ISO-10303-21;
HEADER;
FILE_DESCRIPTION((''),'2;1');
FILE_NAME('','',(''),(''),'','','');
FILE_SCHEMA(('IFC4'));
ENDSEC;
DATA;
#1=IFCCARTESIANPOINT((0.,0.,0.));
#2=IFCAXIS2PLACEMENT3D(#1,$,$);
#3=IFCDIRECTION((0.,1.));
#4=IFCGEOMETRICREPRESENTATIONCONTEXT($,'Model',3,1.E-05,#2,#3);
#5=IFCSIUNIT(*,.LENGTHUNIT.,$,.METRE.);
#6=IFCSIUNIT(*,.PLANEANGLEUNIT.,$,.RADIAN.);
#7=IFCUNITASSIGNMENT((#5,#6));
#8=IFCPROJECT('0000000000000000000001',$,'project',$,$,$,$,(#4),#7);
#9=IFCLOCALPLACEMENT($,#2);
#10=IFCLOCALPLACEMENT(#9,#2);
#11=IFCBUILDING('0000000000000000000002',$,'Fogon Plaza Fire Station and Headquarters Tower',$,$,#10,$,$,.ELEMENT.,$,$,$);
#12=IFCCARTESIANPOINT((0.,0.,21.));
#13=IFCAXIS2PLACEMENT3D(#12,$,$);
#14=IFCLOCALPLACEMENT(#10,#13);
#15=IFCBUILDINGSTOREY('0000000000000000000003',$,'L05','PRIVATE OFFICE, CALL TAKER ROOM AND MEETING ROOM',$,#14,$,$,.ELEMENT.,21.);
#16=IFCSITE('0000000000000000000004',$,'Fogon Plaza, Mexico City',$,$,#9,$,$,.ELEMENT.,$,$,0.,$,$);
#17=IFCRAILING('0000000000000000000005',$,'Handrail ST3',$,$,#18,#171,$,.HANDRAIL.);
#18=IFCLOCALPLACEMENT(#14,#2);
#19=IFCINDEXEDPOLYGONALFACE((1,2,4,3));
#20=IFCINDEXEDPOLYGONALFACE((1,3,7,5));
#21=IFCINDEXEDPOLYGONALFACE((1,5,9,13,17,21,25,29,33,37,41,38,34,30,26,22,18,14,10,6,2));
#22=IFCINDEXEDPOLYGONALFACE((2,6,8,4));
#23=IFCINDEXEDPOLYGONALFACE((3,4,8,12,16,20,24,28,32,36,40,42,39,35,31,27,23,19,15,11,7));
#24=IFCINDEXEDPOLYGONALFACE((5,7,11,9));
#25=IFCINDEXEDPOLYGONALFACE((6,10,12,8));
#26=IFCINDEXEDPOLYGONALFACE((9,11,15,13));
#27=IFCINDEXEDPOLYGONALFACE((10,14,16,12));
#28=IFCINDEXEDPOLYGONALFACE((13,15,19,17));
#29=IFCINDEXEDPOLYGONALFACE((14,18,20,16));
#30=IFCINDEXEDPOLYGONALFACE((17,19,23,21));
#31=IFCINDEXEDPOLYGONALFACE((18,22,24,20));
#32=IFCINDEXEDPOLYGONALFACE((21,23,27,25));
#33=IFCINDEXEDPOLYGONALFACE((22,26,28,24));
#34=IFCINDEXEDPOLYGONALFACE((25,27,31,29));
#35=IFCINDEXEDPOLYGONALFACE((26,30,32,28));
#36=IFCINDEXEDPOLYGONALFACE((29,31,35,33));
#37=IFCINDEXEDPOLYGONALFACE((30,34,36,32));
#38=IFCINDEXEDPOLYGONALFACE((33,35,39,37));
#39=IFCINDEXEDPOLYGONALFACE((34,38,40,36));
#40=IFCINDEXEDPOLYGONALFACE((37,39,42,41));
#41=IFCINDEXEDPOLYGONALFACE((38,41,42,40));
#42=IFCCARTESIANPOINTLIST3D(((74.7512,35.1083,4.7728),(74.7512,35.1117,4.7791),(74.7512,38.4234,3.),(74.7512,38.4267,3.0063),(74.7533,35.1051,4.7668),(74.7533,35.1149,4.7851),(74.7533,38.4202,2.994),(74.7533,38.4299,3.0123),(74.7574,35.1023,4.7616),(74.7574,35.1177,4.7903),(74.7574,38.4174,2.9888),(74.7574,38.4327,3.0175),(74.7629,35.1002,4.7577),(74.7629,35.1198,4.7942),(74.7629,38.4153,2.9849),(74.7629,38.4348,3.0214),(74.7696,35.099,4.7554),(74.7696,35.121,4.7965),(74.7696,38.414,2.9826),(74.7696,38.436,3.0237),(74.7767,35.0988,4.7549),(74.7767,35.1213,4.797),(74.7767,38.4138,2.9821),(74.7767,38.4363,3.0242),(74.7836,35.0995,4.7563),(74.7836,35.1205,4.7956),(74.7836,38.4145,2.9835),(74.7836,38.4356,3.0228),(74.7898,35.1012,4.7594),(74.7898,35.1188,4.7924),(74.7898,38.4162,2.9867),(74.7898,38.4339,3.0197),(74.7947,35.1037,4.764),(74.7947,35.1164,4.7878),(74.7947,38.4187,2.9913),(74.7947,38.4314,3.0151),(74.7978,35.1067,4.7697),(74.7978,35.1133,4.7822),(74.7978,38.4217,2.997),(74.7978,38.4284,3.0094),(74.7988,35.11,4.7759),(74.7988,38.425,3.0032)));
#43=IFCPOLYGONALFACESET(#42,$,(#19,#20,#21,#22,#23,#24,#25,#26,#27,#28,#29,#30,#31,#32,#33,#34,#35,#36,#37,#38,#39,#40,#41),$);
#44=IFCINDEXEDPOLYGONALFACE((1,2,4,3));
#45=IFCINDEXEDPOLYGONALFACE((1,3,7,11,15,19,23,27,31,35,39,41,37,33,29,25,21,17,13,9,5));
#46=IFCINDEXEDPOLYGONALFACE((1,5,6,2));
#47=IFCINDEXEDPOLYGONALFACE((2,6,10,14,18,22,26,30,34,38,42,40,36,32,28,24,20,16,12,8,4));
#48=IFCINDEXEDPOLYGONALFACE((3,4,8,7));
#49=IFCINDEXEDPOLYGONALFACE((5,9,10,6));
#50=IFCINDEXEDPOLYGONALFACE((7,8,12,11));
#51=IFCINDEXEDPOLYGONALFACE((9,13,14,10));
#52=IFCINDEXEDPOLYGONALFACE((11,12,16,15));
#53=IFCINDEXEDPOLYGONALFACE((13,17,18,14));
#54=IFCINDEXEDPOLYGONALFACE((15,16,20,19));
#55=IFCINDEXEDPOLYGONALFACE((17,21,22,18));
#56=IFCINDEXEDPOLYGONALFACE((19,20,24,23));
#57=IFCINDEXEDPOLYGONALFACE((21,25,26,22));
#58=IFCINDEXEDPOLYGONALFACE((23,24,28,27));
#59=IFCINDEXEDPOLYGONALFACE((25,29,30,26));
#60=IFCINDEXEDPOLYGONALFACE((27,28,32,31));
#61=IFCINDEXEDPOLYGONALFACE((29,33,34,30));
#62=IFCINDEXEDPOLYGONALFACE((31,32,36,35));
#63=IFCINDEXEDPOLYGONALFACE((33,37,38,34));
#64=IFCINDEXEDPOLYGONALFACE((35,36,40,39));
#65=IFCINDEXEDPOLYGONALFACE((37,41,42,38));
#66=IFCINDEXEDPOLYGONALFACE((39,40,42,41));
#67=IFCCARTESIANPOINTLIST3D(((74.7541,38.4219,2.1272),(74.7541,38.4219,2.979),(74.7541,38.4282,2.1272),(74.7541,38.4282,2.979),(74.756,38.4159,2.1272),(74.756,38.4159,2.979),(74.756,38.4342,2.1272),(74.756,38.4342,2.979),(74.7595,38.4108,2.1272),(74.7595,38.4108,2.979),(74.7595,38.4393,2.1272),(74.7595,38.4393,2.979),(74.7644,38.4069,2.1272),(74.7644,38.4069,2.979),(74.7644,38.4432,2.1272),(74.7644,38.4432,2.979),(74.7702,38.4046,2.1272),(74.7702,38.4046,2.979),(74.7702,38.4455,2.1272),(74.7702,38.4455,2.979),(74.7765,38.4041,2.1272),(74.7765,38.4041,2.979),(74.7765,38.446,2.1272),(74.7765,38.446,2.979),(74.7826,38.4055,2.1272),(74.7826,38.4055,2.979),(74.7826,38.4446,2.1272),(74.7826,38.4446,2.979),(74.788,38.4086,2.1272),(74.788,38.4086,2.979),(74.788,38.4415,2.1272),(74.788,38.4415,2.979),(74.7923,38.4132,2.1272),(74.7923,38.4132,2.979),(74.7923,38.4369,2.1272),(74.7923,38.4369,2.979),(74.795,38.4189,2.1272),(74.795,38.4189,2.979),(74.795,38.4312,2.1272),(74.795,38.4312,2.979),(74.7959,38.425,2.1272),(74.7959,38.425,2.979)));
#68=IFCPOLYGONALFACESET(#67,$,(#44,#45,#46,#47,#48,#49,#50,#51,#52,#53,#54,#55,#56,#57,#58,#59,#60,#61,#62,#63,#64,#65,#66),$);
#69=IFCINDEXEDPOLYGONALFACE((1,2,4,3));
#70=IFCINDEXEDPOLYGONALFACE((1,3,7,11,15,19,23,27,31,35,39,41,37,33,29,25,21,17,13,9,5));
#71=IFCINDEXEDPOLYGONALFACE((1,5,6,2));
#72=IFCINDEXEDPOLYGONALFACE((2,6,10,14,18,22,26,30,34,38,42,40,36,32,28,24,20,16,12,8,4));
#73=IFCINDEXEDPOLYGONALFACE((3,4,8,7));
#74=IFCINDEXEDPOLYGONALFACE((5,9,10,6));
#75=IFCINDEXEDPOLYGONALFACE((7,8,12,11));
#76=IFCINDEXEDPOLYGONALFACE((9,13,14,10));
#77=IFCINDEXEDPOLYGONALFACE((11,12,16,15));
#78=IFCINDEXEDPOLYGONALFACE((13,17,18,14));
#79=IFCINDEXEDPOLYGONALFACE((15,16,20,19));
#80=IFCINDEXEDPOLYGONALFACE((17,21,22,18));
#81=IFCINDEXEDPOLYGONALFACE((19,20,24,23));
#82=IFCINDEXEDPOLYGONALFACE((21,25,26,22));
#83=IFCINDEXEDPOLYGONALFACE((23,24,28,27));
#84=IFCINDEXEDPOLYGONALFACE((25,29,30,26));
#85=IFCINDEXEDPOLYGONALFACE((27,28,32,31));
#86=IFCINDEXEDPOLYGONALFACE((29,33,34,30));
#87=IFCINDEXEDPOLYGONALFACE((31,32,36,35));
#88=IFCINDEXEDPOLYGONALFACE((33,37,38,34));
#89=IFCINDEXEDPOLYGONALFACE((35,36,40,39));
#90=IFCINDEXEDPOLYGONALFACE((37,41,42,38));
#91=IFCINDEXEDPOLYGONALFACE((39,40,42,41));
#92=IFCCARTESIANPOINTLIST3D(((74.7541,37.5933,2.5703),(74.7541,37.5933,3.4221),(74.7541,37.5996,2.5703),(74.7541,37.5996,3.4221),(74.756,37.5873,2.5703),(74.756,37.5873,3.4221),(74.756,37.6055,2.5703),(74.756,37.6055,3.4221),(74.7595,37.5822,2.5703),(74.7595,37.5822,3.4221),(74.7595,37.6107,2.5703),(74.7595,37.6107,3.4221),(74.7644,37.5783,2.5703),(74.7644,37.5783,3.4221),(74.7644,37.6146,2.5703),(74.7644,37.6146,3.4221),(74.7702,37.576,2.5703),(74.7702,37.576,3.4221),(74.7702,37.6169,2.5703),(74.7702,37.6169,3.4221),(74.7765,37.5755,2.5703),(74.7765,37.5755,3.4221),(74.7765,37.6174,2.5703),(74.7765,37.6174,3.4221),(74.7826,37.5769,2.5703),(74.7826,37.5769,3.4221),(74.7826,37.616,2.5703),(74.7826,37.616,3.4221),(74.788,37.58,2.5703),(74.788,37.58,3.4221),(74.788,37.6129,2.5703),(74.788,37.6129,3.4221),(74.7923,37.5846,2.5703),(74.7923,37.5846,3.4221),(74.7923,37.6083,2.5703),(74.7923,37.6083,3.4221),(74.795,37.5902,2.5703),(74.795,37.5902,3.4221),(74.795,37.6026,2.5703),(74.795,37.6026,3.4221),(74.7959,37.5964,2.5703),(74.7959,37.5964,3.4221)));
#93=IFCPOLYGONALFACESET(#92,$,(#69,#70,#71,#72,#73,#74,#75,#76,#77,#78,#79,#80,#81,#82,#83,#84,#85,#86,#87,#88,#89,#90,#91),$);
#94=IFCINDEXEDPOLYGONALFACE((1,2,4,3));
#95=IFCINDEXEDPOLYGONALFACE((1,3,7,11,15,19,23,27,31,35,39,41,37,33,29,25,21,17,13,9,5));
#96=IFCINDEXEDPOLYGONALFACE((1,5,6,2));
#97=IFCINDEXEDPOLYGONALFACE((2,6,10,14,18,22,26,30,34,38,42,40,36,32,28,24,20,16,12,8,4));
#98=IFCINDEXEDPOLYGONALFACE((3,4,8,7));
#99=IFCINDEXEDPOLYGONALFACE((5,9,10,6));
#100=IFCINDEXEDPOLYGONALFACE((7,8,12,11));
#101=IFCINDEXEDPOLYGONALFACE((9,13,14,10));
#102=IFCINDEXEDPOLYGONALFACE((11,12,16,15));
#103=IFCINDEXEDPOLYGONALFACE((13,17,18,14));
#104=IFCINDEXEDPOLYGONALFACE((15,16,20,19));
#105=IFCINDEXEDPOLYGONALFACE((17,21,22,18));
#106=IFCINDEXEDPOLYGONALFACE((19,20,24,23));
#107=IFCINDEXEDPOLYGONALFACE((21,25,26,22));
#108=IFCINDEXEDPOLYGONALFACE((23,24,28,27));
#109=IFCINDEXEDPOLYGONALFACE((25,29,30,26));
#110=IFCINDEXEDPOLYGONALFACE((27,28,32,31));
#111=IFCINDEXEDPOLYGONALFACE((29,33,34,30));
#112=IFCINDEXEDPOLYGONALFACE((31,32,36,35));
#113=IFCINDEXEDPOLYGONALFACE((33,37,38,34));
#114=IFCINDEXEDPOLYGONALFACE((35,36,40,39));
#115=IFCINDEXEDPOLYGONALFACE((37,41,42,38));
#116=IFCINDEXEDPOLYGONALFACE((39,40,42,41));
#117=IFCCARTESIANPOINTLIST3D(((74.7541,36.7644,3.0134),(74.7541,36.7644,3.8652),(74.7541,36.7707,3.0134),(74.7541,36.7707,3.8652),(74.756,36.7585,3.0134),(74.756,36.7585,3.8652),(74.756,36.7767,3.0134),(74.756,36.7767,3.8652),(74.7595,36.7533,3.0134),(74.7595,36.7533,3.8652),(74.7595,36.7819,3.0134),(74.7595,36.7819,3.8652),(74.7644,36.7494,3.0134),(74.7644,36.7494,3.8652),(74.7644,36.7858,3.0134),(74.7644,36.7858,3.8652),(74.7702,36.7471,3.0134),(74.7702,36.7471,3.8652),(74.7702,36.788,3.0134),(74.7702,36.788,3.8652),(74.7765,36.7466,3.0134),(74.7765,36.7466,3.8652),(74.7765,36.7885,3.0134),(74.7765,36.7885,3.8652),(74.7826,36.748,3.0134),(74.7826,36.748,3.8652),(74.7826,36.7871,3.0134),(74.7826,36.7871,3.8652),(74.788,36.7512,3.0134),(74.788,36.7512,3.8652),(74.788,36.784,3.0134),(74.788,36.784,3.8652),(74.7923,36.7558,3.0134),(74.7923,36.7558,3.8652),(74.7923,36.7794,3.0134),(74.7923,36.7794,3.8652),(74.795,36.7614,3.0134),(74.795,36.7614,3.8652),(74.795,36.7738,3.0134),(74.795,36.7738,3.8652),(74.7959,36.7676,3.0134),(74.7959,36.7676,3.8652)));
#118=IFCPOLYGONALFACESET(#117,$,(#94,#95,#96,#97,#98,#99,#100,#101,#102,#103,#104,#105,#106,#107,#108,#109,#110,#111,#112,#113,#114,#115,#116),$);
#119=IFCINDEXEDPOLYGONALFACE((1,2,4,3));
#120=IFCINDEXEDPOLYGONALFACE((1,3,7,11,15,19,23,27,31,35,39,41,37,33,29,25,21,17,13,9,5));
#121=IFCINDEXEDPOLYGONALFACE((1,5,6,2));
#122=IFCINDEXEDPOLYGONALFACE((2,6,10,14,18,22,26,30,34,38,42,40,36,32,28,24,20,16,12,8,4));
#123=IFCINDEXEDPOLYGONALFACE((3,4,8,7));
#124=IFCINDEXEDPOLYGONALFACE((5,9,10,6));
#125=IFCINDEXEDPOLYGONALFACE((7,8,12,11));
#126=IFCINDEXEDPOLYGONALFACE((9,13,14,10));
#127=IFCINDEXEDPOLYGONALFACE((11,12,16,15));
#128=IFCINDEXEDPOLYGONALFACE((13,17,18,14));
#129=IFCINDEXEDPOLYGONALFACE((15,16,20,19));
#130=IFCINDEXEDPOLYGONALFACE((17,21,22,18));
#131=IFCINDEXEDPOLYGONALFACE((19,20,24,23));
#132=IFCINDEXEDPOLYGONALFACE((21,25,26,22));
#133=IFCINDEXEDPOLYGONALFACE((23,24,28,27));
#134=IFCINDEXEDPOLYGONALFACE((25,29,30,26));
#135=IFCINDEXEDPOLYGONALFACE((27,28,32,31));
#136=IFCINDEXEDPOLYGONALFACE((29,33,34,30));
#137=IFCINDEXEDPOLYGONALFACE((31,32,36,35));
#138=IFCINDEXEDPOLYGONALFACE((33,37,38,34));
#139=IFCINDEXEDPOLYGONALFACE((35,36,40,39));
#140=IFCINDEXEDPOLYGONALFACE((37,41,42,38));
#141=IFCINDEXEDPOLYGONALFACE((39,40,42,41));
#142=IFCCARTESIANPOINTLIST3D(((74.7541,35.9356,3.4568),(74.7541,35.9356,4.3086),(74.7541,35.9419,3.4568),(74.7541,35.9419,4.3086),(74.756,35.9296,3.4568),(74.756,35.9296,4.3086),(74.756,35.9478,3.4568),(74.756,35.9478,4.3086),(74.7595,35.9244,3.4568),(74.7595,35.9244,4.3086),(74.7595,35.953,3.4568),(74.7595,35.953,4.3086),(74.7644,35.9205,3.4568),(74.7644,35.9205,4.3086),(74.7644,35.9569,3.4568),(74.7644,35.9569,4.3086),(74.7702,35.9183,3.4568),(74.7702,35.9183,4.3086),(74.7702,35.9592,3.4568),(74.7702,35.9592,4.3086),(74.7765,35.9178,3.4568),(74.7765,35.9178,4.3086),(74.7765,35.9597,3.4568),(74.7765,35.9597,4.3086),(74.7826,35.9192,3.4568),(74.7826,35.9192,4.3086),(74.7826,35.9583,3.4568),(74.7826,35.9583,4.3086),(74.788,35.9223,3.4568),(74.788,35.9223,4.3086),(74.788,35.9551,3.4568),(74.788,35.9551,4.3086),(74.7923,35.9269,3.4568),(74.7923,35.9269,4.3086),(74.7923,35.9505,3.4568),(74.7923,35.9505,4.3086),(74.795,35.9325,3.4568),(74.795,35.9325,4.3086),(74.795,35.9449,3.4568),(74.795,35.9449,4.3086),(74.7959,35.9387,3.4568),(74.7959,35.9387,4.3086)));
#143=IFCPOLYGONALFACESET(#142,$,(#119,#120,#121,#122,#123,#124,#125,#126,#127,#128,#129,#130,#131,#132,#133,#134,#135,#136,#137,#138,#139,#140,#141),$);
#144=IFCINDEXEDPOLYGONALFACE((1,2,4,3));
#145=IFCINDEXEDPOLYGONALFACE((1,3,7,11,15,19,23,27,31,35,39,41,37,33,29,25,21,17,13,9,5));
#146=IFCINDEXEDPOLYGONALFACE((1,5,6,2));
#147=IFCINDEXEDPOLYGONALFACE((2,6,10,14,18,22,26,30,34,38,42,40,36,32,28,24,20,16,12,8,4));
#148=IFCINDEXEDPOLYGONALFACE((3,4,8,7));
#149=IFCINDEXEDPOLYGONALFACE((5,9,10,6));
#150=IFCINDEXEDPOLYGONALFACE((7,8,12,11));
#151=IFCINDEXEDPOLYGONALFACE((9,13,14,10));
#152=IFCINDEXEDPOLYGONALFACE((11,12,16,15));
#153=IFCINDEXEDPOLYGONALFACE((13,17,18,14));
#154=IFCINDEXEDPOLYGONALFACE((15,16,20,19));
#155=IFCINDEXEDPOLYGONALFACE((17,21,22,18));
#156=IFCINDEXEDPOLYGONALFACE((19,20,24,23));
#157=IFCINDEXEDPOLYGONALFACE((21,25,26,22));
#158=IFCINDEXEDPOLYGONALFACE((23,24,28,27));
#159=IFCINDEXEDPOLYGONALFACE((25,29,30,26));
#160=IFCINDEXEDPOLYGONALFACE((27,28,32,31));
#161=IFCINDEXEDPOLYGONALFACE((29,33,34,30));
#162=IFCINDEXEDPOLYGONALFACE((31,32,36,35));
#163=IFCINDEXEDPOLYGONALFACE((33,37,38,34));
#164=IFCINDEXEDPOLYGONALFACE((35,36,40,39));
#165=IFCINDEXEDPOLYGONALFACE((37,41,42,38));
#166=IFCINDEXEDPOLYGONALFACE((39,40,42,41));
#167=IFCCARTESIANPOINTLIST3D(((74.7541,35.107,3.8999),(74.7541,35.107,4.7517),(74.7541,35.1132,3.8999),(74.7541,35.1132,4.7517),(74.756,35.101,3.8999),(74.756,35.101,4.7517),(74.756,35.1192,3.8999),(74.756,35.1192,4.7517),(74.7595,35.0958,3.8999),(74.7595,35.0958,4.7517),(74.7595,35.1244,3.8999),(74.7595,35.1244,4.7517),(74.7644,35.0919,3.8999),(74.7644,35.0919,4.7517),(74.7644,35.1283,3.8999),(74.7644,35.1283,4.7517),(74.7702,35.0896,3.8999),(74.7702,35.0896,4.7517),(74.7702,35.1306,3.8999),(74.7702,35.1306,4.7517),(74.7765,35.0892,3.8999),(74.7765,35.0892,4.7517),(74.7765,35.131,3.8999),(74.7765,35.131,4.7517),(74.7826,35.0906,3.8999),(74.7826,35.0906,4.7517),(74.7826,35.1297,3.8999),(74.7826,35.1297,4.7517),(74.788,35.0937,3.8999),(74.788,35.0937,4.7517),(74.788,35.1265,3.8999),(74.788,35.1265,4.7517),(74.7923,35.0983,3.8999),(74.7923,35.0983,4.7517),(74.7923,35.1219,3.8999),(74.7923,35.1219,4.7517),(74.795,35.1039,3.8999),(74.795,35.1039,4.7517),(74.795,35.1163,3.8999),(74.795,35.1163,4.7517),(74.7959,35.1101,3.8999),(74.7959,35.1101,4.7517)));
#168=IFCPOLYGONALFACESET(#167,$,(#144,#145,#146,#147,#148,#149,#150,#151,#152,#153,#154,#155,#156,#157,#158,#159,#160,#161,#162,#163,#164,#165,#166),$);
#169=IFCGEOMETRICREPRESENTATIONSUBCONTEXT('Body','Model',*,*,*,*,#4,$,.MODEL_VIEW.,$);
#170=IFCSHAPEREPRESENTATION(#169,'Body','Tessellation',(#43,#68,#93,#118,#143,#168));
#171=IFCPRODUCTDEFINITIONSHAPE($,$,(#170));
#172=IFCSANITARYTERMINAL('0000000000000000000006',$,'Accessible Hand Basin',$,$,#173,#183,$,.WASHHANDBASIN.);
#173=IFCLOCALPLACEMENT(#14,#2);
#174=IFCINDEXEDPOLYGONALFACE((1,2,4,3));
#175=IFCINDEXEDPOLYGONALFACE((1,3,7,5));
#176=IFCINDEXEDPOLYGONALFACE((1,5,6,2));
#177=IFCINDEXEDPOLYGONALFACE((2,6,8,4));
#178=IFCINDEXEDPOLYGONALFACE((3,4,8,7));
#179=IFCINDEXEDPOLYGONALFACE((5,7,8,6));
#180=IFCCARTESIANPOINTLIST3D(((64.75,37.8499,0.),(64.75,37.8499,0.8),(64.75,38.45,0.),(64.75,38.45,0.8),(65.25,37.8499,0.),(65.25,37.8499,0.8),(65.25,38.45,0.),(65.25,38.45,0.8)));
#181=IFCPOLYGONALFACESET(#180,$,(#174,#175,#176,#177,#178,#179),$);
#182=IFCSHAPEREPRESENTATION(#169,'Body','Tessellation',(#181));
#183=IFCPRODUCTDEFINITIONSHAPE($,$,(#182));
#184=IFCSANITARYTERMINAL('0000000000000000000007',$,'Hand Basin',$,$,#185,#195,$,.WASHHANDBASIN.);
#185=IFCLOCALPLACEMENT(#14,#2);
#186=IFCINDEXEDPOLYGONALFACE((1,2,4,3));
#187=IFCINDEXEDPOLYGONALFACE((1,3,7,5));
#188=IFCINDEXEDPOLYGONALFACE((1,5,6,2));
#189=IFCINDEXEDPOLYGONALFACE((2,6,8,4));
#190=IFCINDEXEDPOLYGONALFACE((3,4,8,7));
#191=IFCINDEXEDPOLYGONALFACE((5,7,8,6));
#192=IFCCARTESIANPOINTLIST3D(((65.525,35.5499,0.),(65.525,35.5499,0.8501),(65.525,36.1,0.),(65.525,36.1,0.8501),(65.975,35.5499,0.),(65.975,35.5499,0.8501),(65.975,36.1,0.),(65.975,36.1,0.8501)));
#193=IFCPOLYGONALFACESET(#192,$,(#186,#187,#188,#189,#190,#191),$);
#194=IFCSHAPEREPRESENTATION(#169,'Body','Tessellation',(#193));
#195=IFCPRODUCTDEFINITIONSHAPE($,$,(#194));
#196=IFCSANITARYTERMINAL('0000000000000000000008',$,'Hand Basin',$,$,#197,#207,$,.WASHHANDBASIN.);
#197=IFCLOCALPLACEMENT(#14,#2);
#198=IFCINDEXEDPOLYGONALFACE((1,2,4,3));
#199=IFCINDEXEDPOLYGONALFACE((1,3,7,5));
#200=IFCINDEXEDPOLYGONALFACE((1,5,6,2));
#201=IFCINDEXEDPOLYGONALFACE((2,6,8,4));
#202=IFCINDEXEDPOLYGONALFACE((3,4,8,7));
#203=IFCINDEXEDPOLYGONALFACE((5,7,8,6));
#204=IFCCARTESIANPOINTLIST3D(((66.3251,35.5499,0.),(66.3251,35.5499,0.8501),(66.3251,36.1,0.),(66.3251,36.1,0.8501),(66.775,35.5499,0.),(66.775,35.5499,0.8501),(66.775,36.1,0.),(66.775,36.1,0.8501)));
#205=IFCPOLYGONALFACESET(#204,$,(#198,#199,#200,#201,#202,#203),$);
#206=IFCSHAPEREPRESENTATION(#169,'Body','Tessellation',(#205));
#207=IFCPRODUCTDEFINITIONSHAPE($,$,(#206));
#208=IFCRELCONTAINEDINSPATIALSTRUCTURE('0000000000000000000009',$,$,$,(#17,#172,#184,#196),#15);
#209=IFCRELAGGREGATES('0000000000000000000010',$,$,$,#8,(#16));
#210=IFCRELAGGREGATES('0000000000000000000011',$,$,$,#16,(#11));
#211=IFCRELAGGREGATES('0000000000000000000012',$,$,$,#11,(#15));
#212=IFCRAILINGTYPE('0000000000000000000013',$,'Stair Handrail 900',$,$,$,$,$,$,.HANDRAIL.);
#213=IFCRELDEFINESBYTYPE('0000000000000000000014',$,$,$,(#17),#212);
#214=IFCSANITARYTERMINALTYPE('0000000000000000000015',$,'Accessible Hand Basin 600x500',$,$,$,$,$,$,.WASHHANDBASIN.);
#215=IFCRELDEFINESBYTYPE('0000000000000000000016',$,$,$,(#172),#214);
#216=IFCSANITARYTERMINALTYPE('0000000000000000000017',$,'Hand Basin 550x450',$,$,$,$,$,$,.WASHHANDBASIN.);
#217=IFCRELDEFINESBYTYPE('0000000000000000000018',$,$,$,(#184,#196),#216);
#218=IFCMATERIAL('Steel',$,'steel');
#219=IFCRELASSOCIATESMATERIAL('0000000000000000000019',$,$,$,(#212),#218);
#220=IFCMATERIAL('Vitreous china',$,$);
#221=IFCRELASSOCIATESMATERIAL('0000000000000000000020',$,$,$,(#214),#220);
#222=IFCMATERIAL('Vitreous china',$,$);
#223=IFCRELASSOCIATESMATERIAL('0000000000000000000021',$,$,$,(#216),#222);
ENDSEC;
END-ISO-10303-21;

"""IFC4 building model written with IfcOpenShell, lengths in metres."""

from ifc_helpers import new_model, si_unit, direction, frame, origin, origin_2d, place, context, subcontext, project, spatial, rectangle, circle, extrude, material, type_object, element, save


model = new_model("IFC4")

# Units and contexts
model_context = context("Model", 3, precision=1e-05, world=origin(), true_north=direction((0.0, 1.0)))
body_context = subcontext(model_context, "Body", "Model", "MODEL_VIEW")
ifc_project = project(units=[si_unit("LENGTHUNIT", "METRE"), si_unit("PLANEANGLEUNIT", "RADIAN")], contexts=[model_context])

# Site, building, storey
site_placement = place(None, origin())
site = spatial("IfcSite", under=ifc_project, at=site_placement, Name="Fogon Plaza, Mexico City", CompositionType="ELEMENT", RefElevation=0.0)
building_placement = place(site_placement, origin())
building = spatial("IfcBuilding", under=site, at=building_placement, Name="Fogon Plaza Fire Station and Headquarters Tower", CompositionType="ELEMENT")
storey_placement = place(building_placement, frame((0.0, 0.0, 21.0)))
storey = spatial("IfcBuildingStorey", under=building, at=storey_placement, Name="L05", Description="PRIVATE OFFICE, CALL TAKER ROOM AND MEETING ROOM", CompositionType="ELEMENT", Elevation=21.0)

# Railing
ifc_material_1 = material(Name="Steel", Category="steel")
railing_type = type_object("IfcRailingType", Name="Stair Handrail 900", PredefinedType="HANDRAIL", material=ifc_material_1)
for number, where, name in (
    (1, (74.7749, 38.425, 2.1272), "Handrail ST3"),
):
    element("IfcRailing", number, at=place(storey_placement, frame(where)), inside=storey, type_object=railing_type, Name=name, PredefinedType="HANDRAIL", context=body_context, shape_type="SweptSolid", body=[
        extrude(circle(Radius=0.0239, at=origin_2d()), frame((0.0, 0.0, 0.876), z_axis=(0.0, -0.881829, 0.471569), x_axis=(1.0, 0.0, 0.0)), (0.0, 0.0, 1.0), 3.7593),
        extrude(circle(Radius=0.021, at=origin_2d()), origin(), (0.0, 0.0, 1.0), 0.8518),
        extrude(circle(Radius=0.021, at=origin_2d()), frame((0.0, -0.8286, 0.4431)), (0.0, 0.0, 1.0), 0.8518),
        extrude(circle(Radius=0.021, at=origin_2d()), frame((0.0, -1.6575, 0.8862)), (0.0, 0.0, 1.0), 0.8518),
        extrude(circle(Radius=0.021, at=origin_2d()), frame((0.0, -2.4863, 1.3296)), (0.0, 0.0, 1.0), 0.8518),
        extrude(circle(Radius=0.021, at=origin_2d()), frame((0.0, -3.3149, 1.7727)), (0.0, 0.0, 1.0), 0.8518),
    ])

# Sanitary terminals
ifc_material_2 = material(Name="Vitreous china")
sanitary_terminal_type_1 = type_object("IfcSanitaryTerminalType", Name="Accessible Hand Basin 600x500", PredefinedType="WASHHANDBASIN", material=ifc_material_2)
sanitary_terminal_placement = place(storey_placement, frame((65.0, 38.1499, 0.0), z_axis=(0.0, 0.0, 1.0), x_axis=(1.0, 0.0, 0.0)))
element("IfcSanitaryTerminal", 2, at=sanitary_terminal_placement, inside=storey, type_object=sanitary_terminal_type_1, Name="Accessible Hand Basin", PredefinedType="WASHHANDBASIN", context=body_context, shape_type="SweptSolid", body=[
    extrude(rectangle(XDim=0.5, YDim=0.6001, at=origin_2d()), origin(), (0.0, 0.0, 1.0), 0.8),
])
ifc_material_3 = material(Name="Vitreous china")
sanitary_terminal_type_2 = type_object("IfcSanitaryTerminalType", Name="Hand Basin 550x450", PredefinedType="WASHHANDBASIN", material=ifc_material_3)
for number, where, z_axis, x_axis, name in (
    (3, (65.75, 35.825, 0.0), (0.0, 0.0, 1.0), (1.0, 0.0, 0.0), "Hand Basin"),
    (4, (66.55, 35.825, 0.0), (0.0, 0.0, 1.0), (1.0, 0.0, 0.0), "Hand Basin"),
):
    element("IfcSanitaryTerminal", number, at=place(storey_placement, frame(where, z_axis=z_axis, x_axis=x_axis)), inside=storey, type_object=sanitary_terminal_type_2, Name=name, PredefinedType="WASHHANDBASIN", context=body_context, shape_type="SweptSolid", body=[
        extrude(rectangle(XDim=0.45, YDim=0.55, at=origin_2d()), origin(), (0.0, 0.0, 1.0), 0.8501),
    ])

save(model, "model.ifc")
